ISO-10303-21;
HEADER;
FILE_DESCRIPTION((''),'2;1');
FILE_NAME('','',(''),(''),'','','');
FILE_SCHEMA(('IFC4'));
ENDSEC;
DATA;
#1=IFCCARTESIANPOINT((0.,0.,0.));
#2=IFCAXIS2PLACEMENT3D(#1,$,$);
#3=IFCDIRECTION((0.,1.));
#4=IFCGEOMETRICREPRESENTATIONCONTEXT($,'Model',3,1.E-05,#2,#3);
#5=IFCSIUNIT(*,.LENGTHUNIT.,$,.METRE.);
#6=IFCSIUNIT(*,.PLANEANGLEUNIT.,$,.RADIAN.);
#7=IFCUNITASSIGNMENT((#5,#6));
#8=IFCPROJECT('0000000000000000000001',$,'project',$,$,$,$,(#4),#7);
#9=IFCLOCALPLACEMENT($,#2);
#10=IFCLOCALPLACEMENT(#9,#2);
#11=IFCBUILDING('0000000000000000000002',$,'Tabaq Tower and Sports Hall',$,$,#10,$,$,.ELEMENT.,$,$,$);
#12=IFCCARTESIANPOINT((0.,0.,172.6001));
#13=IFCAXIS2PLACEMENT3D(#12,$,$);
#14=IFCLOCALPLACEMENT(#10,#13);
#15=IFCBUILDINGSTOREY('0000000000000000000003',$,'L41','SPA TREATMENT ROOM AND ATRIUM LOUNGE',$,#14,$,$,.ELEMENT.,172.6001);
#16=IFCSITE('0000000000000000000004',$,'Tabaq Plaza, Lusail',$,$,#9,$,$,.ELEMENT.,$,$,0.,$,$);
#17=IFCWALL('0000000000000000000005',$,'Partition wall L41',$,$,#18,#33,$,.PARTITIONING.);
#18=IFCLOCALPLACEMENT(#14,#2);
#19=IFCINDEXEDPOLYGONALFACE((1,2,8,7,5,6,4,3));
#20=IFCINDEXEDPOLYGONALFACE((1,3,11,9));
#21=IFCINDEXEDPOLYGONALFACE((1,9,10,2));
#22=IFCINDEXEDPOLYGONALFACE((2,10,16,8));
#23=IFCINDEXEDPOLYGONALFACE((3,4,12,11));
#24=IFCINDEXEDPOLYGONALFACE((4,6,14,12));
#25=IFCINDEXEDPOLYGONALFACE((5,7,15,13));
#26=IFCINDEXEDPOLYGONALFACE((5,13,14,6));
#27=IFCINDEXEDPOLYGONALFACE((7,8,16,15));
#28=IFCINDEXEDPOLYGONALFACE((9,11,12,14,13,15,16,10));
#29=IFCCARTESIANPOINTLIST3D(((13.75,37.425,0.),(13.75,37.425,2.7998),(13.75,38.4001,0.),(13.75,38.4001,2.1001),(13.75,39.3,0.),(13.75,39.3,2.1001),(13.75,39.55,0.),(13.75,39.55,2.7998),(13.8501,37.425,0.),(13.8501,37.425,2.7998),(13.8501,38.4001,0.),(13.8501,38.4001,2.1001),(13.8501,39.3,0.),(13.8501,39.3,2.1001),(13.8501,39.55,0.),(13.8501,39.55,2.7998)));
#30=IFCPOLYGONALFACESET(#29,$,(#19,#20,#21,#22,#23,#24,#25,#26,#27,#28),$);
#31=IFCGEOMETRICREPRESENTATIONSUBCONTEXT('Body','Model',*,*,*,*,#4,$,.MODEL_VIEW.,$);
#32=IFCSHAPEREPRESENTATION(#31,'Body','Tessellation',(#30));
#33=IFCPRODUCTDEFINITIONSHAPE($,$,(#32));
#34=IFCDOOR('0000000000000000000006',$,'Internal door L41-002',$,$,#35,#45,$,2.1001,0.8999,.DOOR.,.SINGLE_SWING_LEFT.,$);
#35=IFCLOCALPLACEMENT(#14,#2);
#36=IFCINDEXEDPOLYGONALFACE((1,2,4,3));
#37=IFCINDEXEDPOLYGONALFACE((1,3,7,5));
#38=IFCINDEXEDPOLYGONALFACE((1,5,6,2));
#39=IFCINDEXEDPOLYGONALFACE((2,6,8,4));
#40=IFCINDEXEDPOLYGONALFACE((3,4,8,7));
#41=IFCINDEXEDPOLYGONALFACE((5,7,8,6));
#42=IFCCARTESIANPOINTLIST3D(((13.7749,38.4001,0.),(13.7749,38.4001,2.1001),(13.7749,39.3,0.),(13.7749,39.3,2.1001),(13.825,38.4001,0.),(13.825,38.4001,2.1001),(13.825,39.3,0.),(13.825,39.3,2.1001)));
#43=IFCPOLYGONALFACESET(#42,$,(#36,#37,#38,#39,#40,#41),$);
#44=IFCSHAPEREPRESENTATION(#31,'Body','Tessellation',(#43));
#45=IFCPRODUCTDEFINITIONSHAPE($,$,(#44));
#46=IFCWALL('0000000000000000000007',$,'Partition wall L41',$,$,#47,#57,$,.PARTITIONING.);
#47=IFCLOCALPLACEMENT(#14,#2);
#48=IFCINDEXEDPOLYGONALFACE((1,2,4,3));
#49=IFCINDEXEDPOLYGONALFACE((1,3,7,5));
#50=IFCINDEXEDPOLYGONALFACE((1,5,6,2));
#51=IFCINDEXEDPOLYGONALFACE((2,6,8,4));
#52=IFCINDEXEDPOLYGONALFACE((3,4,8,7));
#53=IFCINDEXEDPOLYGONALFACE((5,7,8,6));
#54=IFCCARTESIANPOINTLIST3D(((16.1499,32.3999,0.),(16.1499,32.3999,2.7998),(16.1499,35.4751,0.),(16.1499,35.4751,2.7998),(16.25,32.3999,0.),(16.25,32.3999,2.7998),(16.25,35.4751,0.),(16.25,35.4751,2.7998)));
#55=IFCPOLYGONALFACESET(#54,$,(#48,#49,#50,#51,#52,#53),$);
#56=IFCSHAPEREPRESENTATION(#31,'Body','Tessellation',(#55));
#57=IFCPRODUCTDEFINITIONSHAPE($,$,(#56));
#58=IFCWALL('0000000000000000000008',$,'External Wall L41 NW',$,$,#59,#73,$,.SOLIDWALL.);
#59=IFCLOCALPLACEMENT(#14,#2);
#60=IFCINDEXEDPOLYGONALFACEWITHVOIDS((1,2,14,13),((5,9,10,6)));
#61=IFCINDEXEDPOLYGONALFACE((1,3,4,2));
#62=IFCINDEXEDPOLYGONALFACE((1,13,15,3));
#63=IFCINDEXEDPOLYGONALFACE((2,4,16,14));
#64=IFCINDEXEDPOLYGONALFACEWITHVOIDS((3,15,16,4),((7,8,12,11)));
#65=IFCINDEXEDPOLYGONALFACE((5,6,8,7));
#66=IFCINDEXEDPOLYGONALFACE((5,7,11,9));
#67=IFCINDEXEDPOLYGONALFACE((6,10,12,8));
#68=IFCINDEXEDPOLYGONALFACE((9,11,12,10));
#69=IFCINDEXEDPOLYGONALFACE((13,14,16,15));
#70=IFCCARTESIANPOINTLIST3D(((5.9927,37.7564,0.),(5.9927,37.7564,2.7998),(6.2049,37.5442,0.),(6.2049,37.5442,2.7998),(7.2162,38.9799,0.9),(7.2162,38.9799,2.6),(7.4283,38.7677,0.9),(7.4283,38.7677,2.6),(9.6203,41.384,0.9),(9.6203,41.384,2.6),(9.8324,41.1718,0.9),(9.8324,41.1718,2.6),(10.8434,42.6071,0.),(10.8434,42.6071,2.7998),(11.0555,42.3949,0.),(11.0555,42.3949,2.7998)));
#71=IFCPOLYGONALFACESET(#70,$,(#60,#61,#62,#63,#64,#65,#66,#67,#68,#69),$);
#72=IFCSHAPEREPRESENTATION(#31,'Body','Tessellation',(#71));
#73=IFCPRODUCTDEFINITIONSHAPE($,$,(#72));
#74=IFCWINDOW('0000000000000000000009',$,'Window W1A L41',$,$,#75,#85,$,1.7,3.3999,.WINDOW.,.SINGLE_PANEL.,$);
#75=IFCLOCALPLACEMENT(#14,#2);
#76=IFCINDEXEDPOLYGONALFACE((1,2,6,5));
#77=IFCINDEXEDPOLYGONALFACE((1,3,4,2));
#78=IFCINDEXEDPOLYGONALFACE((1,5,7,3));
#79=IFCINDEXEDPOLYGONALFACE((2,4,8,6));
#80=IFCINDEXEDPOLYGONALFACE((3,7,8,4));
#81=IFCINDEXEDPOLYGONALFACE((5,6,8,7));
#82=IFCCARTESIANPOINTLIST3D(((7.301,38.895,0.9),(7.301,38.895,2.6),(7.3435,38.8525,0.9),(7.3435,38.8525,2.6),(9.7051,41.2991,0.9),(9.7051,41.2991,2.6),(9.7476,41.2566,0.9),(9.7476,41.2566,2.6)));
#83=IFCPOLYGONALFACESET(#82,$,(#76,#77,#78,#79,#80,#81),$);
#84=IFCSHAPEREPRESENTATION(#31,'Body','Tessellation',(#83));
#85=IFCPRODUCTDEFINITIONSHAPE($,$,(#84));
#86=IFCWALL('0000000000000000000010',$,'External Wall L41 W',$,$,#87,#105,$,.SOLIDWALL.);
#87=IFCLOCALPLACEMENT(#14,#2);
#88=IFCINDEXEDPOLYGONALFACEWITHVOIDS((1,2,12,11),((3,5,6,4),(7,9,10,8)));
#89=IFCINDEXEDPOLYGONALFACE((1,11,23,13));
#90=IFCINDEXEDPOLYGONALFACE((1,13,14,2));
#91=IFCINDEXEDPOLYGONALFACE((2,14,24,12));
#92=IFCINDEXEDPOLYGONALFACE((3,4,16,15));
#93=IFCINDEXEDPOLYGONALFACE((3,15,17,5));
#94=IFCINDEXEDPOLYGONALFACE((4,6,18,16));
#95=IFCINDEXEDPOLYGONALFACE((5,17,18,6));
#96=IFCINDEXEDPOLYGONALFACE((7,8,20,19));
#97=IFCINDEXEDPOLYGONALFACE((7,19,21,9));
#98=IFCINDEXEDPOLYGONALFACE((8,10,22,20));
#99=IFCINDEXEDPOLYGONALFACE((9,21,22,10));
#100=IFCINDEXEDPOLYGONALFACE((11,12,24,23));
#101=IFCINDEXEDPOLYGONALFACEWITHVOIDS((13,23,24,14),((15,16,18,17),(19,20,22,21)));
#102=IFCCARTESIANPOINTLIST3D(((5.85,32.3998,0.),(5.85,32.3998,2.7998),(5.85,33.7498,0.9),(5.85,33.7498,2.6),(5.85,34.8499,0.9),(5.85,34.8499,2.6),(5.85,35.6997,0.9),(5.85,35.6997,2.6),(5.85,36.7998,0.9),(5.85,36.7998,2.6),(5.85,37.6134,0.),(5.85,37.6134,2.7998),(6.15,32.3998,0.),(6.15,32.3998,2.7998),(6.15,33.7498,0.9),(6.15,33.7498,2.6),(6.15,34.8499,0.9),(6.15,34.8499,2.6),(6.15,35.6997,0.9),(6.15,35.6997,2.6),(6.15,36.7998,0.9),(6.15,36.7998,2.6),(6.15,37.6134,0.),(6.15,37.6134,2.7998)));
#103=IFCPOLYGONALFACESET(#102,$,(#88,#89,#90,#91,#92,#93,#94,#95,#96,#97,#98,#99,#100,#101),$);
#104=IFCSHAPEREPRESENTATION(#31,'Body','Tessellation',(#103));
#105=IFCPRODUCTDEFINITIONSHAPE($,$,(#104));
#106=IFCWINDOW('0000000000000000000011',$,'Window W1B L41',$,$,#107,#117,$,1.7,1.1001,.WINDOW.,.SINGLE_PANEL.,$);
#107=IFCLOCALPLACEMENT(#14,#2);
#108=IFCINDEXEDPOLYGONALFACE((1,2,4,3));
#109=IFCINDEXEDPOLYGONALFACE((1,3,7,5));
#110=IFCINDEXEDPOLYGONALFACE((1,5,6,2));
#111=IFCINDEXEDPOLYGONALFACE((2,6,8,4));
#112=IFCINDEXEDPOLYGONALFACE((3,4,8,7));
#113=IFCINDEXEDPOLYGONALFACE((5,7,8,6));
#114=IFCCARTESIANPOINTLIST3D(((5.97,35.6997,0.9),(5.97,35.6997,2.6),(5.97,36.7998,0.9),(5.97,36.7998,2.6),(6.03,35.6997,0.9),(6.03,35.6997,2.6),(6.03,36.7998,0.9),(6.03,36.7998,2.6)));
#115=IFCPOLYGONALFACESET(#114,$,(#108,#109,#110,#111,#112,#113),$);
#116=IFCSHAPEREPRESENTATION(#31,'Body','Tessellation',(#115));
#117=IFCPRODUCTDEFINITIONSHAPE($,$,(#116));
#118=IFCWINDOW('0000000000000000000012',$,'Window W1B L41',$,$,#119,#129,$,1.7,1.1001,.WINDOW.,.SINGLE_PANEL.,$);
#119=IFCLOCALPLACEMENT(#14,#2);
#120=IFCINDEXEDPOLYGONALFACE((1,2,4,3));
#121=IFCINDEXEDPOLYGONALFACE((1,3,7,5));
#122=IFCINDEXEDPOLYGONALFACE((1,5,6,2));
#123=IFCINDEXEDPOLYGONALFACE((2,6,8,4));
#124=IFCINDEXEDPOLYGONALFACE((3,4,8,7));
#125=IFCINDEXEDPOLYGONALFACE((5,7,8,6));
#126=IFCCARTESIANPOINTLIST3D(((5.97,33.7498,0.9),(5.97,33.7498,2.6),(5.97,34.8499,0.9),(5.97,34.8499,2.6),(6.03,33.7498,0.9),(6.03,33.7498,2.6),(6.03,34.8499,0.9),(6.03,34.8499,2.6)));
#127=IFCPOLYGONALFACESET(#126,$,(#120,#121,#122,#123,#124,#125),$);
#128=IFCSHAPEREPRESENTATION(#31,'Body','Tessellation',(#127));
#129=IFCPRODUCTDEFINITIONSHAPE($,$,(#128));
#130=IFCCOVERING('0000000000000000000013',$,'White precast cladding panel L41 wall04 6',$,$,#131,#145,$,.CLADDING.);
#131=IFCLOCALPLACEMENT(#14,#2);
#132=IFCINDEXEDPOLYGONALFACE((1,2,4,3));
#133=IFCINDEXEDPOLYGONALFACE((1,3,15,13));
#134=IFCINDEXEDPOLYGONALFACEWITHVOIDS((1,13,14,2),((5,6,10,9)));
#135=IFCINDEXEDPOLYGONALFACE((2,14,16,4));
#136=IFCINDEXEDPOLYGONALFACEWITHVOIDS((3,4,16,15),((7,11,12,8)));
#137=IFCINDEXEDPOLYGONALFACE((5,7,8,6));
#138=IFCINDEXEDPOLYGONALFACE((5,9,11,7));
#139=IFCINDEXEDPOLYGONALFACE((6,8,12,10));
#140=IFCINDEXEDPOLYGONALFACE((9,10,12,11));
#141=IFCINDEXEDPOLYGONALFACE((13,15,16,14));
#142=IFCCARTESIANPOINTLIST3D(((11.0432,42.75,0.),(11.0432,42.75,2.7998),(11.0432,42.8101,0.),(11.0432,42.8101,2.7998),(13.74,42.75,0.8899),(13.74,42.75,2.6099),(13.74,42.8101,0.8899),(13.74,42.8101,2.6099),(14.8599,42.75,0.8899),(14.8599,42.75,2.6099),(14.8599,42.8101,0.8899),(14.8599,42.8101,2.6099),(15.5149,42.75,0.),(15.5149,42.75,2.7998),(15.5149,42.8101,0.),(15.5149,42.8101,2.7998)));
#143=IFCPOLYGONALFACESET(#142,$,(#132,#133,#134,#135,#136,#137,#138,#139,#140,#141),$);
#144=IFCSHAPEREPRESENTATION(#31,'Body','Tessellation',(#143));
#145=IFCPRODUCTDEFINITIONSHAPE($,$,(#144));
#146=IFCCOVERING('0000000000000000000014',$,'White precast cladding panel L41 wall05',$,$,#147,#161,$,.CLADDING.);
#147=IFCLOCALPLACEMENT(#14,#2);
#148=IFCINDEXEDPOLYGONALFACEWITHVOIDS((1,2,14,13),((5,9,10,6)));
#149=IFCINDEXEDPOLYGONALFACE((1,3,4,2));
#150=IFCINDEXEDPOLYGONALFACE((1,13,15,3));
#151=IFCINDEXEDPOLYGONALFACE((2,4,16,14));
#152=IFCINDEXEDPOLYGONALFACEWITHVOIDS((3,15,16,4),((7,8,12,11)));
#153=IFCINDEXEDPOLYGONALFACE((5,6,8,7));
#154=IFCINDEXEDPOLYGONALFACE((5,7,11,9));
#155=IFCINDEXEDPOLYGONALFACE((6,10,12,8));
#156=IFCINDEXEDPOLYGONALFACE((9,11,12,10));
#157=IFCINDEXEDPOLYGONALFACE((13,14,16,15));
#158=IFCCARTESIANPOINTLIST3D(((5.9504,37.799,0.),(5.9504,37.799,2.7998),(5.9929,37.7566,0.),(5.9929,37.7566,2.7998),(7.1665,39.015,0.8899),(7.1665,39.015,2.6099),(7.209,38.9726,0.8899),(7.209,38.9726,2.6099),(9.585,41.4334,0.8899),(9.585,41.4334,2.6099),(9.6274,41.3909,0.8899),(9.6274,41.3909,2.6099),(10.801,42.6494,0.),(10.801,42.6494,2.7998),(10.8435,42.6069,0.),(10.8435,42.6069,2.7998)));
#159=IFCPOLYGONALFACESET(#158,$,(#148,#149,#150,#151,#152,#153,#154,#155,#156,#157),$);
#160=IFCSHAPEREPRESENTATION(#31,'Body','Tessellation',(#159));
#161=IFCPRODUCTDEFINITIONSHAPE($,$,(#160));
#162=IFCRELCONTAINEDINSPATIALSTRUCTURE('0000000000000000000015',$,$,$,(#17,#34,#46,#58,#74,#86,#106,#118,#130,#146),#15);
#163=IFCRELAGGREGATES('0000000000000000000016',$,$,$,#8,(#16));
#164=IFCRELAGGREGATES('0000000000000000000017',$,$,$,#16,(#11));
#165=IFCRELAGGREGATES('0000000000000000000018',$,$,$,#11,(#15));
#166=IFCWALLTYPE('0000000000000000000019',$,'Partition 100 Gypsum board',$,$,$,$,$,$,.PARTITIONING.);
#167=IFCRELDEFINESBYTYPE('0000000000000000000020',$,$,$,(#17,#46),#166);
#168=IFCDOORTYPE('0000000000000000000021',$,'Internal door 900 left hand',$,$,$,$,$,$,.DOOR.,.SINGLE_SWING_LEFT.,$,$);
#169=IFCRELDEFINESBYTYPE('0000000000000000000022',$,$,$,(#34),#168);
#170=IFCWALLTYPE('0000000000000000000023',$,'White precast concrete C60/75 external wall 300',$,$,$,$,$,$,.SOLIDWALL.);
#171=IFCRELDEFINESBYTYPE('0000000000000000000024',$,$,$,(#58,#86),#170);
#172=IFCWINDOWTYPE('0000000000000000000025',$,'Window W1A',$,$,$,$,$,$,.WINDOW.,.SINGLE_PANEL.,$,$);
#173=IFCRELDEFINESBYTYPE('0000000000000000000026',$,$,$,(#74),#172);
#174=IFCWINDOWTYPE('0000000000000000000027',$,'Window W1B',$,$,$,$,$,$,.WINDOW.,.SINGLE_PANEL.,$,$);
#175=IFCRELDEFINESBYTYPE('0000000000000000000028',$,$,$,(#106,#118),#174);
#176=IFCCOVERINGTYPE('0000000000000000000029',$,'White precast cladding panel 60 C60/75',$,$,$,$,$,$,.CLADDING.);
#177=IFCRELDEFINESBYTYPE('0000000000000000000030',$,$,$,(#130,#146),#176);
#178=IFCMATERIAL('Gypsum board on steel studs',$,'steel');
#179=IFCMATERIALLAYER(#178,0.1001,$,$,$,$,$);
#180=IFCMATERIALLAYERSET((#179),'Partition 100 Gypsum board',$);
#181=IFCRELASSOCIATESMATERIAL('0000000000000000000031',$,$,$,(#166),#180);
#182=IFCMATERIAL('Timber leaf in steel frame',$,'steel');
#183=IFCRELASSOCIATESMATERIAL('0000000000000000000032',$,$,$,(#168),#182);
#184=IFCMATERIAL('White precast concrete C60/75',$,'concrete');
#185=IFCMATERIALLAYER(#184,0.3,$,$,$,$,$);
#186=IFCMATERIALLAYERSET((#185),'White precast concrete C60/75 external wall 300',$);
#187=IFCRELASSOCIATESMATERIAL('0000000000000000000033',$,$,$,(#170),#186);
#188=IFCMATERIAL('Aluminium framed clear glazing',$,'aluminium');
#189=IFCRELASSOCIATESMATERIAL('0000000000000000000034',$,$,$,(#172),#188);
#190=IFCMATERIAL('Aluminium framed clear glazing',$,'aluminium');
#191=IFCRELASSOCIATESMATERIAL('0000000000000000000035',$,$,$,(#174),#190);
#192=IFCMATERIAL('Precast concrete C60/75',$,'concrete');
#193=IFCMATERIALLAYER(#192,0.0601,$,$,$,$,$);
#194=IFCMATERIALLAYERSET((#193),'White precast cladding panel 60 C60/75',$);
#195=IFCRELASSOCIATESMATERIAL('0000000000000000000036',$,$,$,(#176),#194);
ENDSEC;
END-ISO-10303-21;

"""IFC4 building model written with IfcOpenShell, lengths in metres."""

from ifc_helpers import new_model, si_unit, direction, frame, frame_2d, origin, place, context, subcontext, project, spatial, polyline, rectangle, outline, extrude, material, layer, layer_set, type_object, element, fill, save


model = new_model("IFC4")

# Units and contexts
model_context = context("Model", 3, precision=1e-05, world=origin(), true_north=direction((0.0, 1.0)))
body_context = subcontext(model_context, "Body", "Model", "MODEL_VIEW")
ifc_project = project(units=[si_unit("LENGTHUNIT", "METRE"), si_unit("PLANEANGLEUNIT", "RADIAN")], contexts=[model_context])

# Site, building, storey
site_placement = place(None, origin())
site = spatial("IfcSite", under=ifc_project, at=site_placement, Name="Tabaq Plaza, Lusail", CompositionType="ELEMENT", RefElevation=0.0)
building_placement = place(site_placement, origin())
building = spatial("IfcBuilding", under=site, at=building_placement, Name="Tabaq Tower and Sports Hall", CompositionType="ELEMENT")
storey_placement = place(building_placement, frame((0.0, 0.0, 172.6001)))
storey = spatial("IfcBuildingStorey", under=building, at=storey_placement, Name="L41", Description="SPA TREATMENT ROOM AND ATRIUM LOUNGE", CompositionType="ELEMENT", Elevation=172.6001)

# Shared definitions
ifc_material_1 = material(Name="Gypsum board on steel studs", Category="steel")
ifc_layer_1 = layer(ifc_material_1, 0.1001)
ifc_layer_set_1 = layer_set([ifc_layer_1], Name="Partition 100 Gypsum board")
wall_type_1 = type_object("IfcWallType", Name="Partition 100 Gypsum board", PredefinedType="PARTITIONING", material=ifc_layer_set_1)

# Wall, opening, door
wall_1_placement = place(storey_placement, frame((13.8, 39.55, 0.0), z_axis=(0.0, 0.0, 1.0), x_axis=(0.0, -1.0, 0.0)))
wall_1 = element("IfcWall", 1, at=wall_1_placement, inside=storey, type_object=wall_type_1, Name="Partition wall L41", PredefinedType="PARTITIONING", context=body_context, shape_type="SweptSolid", body=[
    extrude(rectangle(XDim=2.125, YDim=0.1001, at=frame_2d((1.0625, 0.0))), origin(), (0.0, 0.0, 1.0), 2.7998),
])
opening_1_placement = place(wall_1_placement, frame((0.25, 0.0, 0.0)))
opening_1 = element("IfcOpeningElement", 2, at=opening_1_placement, cuts=wall_1, PredefinedType="OPENING", context=body_context, shape_type="SweptSolid", body=[
    extrude(rectangle(XDim=0.8999, YDim=2.1001, at=frame_2d((0.45, 1.05))), frame((0.0, 0.05, 0.0), z_axis=(0.0, -1.0, 0.0), x_axis=(1.0, 0.0, 0.0)), (0.0, 0.0, 1.0), 0.1001),
])
ifc_material_2 = material(Name="Timber leaf in steel frame", Category="steel")
door_type_1 = type_object("IfcDoorType", Name="Internal door 900 left hand", OperationType="SINGLE_SWING_LEFT", PredefinedType="DOOR", material=ifc_material_2)
door_1_placement = place(opening_1_placement, origin())
door_1 = element("IfcDoor", 3, at=door_1_placement, inside=storey, type_object=door_type_1, Name="Internal door L41-002", OperationType="SINGLE_SWING_LEFT", OverallHeight=2.1001, OverallWidth=0.8999, PredefinedType="DOOR", context=body_context, shape_type="SweptSolid", body=[
    extrude(rectangle(XDim=0.8999, YDim=2.1001, at=frame_2d((0.45, 1.05))), frame((0.0, 0.0249, 0.0), z_axis=(0.0, -1.0, 0.0), x_axis=(1.0, 0.0, 0.0)), (0.0, 0.0, 1.0), 0.05),
])
fill(opening_1, door_1)

# Wall
wall_2_placement = place(storey_placement, frame((16.2, 35.4751, 0.0), z_axis=(0.0, 0.0, 1.0), x_axis=(0.0, -1.0, 0.0)))
element("IfcWall", 4, at=wall_2_placement, inside=storey, type_object=wall_type_1, Name="Partition wall L41", PredefinedType="PARTITIONING", context=body_context, shape_type="SweptSolid", body=[
    extrude(rectangle(XDim=3.0752, YDim=0.1001, at=frame_2d((1.5376, 0.0))), origin(), (0.0, 0.0, 1.0), 2.7998),
])

# Wall, opening, window
ifc_material_3 = material(Name="White precast concrete C60/75", Category="concrete")
ifc_layer_2 = layer(ifc_material_3, 0.3)
ifc_layer_set_2 = layer_set([ifc_layer_2], Name="White precast concrete C60/75 external wall 300")
wall_type_2 = type_object("IfcWallType", Name="White precast concrete C60/75 external wall 300", PredefinedType="SOLIDWALL", material=ifc_layer_set_2)
wall_3_placement = place(storey_placement, frame((10.9495, 42.501, 0.0), z_axis=(0.0, 0.0, 1.0), x_axis=(-0.707107, -0.707107, 0.0)))
wall_3 = element("IfcWall", 5, at=wall_3_placement, inside=storey, type_object=wall_type_2, Name="External Wall L41 NW", PredefinedType="SOLIDWALL", context=body_context, shape_type="SweptSolid", body=[
    extrude(rectangle(XDim=6.8599, YDim=0.3, at=frame_2d((3.4299, 0.0))), origin(), (0.0, 0.0, 1.0), 2.7998),
])
opening_2_placement = place(wall_3_placement, frame((1.7297, 0.0, 0.8999)))
opening_2 = element("IfcOpeningElement", 6, at=opening_2_placement, cuts=wall_3, PredefinedType="OPENING", context=body_context, shape_type="SweptSolid", body=[
    extrude(rectangle(XDim=3.3999, YDim=1.7, at=frame_2d((1.7, 0.8501))), frame((0.0, 0.1602, 0.0), z_axis=(0.0, -1.0, 0.0), x_axis=(1.0, 0.0, 0.0)), (0.0, 0.0, 1.0), 0.3201),
])
ifc_material_4 = material(Name="Aluminium framed clear glazing", Category="aluminium")
window_type_1 = type_object("IfcWindowType", Name="Window W1A", PartitioningType="SINGLE_PANEL", PredefinedType="WINDOW", material=ifc_material_4)
window_1_placement = place(opening_2_placement, origin())
window_1 = element("IfcWindow", 7, at=window_1_placement, inside=storey, type_object=window_type_1, Name="Window W1A L41", OverallHeight=1.7, OverallWidth=3.3999, PartitioningType="SINGLE_PANEL", PredefinedType="WINDOW", context=body_context, shape_type="SweptSolid", body=[
    extrude(rectangle(XDim=3.3999, YDim=1.7, at=frame_2d((1.7, 0.8501))), frame((0.0, 0.03, 0.0), z_axis=(0.0, -1.0, 0.0), x_axis=(1.0, 0.0, 0.0)), (0.0, 0.0, 1.0), 0.0601),
])
fill(opening_2, window_1)

# Wall, openings, windows
wall_4_placement = place(storey_placement, frame((6.0, 37.6135, 0.0), z_axis=(0.0, 0.0, 1.0), x_axis=(0.0, -1.0, 0.0)))
wall_4 = element("IfcWall", 8, at=wall_4_placement, inside=storey, type_object=wall_type_2, Name="External Wall L41 W", PredefinedType="SOLIDWALL", context=body_context, shape_type="SweptSolid", body=[
    extrude(rectangle(XDim=5.2136, YDim=0.3, at=frame_2d((2.6069, 0.0))), origin(), (0.0, 0.0, 1.0), 2.7998),
])
opening_3_placement = place(wall_4_placement, frame((0.8137, 0.0, 0.8999)))
opening_3 = element("IfcOpeningElement", 9, at=opening_3_placement, cuts=wall_4, PredefinedType="OPENING", context=body_context, shape_type="SweptSolid", body=[
    extrude(rectangle(XDim=1.1001, YDim=1.7, at=frame_2d((0.55, 0.8501))), frame((0.0, 0.1602, 0.0), z_axis=(0.0, -1.0, 0.0), x_axis=(1.0, 0.0, 0.0)), (0.0, 0.0, 1.0), 0.3201),
])
opening_4_placement = place(wall_4_placement, frame((2.7637, 0.0, 0.8999)))
opening_4 = element("IfcOpeningElement", 10, at=opening_4_placement, cuts=wall_4, PredefinedType="OPENING", context=body_context, shape_type="SweptSolid", body=[
    extrude(rectangle(XDim=1.1001, YDim=1.7, at=frame_2d((0.55, 0.8501))), frame((0.0, 0.1602, 0.0), z_axis=(0.0, -1.0, 0.0), x_axis=(1.0, 0.0, 0.0)), (0.0, 0.0, 1.0), 0.3201),
])
ifc_material_5 = material(Name="Aluminium framed clear glazing", Category="aluminium")
window_type_2 = type_object("IfcWindowType", Name="Window W1B", PartitioningType="SINGLE_PANEL", PredefinedType="WINDOW", material=ifc_material_5)
window_2_placement = place(opening_3_placement, origin())
window_2 = element("IfcWindow", 11, at=window_2_placement, inside=storey, type_object=window_type_2, Name="Window W1B L41", OverallHeight=1.7, OverallWidth=1.1001, PartitioningType="SINGLE_PANEL", PredefinedType="WINDOW", context=body_context, shape_type="SweptSolid", body=[
    extrude(rectangle(XDim=1.1001, YDim=1.7, at=frame_2d((0.55, 0.8501))), frame((0.0, 0.03, 0.0), z_axis=(0.0, -1.0, 0.0), x_axis=(1.0, 0.0, 0.0)), (0.0, 0.0, 1.0), 0.0601),
])
fill(opening_3, window_2)
window_3_placement = place(opening_4_placement, origin())
window_3 = element("IfcWindow", 12, at=window_3_placement, inside=storey, type_object=window_type_2, Name="Window W1B L41", OverallHeight=1.7, OverallWidth=1.1001, PartitioningType="SINGLE_PANEL", PredefinedType="WINDOW", context=body_context, shape_type="SweptSolid", body=[
    extrude(rectangle(XDim=1.1001, YDim=1.7, at=frame_2d((0.55, 0.8501))), frame((0.0, 0.03, 0.0), z_axis=(0.0, -1.0, 0.0), x_axis=(1.0, 0.0, 0.0)), (0.0, 0.0, 1.0), 0.0601),
])
fill(opening_4, window_3)

# Coverings
ifc_material_6 = material(Name="Precast concrete C60/75", Category="concrete")
ifc_layer_3 = layer(ifc_material_6, 0.0601)
ifc_layer_set_3 = layer_set([ifc_layer_3], Name="White precast cladding panel 60 C60/75")
covering_type = type_object("IfcCoveringType", Name="White precast cladding panel 60 C60/75", PredefinedType="CLADDING", material=ifc_layer_set_3)
covering_1_placement = place(storey_placement, frame((15.5149, 42.78, 0.0), z_axis=(0.0, 0.0, 1.0), x_axis=(-1.0, 0.0, 0.0)))
element("IfcCovering", 13, at=covering_1_placement, inside=storey, type_object=covering_type, Name="White precast cladding panel L41 wall04 6", PredefinedType="CLADDING", context=body_context, shape_type="SweptSolid", body=[
    extrude(outline(polyline([(0.0, 0.0), (4.4717, 0.0), (4.4717, 2.7998), (0.0, 2.7998), (0.0, 0.0)]), holes=[polyline([(0.655, 0.8899), (0.655, 2.6099), (1.7749, 2.6099), (1.7749, 0.8899), (0.655, 0.8899)])]), frame((0.0, 0.03, 0.0), z_axis=(0.0, -1.0, 0.0), x_axis=(1.0, 0.0, 0.0)), (0.0, 0.0, 1.0), 0.0601),
])
covering_2_placement = place(storey_placement, frame((10.8223, 42.6282, 0.0), z_axis=(0.0, 0.0, 1.0), x_axis=(-0.707125, -0.707089, 0.0)))
element("IfcCovering", 14, at=covering_2_placement, inside=storey, type_object=covering_type, Name="White precast cladding panel L41 wall05", PredefinedType="CLADDING", context=body_context, shape_type="SweptSolid", body=[
    extrude(outline(polyline([(0.0, 0.0), (6.8596, 0.0), (6.8596, 2.7998), (0.0, 2.7998), (0.0, 0.0)]), holes=[polyline([(1.7197, 0.8899), (1.7197, 2.6099), (5.1399, 2.6099), (5.1399, 0.8899), (1.7197, 0.8899)])]), frame((0.0, 0.03, 0.0), z_axis=(0.0, -1.0, 0.0), x_axis=(1.0, 0.0, 0.0)), (0.0, 0.0, 1.0), 0.0601),
])

save(model, "model.ifc")
